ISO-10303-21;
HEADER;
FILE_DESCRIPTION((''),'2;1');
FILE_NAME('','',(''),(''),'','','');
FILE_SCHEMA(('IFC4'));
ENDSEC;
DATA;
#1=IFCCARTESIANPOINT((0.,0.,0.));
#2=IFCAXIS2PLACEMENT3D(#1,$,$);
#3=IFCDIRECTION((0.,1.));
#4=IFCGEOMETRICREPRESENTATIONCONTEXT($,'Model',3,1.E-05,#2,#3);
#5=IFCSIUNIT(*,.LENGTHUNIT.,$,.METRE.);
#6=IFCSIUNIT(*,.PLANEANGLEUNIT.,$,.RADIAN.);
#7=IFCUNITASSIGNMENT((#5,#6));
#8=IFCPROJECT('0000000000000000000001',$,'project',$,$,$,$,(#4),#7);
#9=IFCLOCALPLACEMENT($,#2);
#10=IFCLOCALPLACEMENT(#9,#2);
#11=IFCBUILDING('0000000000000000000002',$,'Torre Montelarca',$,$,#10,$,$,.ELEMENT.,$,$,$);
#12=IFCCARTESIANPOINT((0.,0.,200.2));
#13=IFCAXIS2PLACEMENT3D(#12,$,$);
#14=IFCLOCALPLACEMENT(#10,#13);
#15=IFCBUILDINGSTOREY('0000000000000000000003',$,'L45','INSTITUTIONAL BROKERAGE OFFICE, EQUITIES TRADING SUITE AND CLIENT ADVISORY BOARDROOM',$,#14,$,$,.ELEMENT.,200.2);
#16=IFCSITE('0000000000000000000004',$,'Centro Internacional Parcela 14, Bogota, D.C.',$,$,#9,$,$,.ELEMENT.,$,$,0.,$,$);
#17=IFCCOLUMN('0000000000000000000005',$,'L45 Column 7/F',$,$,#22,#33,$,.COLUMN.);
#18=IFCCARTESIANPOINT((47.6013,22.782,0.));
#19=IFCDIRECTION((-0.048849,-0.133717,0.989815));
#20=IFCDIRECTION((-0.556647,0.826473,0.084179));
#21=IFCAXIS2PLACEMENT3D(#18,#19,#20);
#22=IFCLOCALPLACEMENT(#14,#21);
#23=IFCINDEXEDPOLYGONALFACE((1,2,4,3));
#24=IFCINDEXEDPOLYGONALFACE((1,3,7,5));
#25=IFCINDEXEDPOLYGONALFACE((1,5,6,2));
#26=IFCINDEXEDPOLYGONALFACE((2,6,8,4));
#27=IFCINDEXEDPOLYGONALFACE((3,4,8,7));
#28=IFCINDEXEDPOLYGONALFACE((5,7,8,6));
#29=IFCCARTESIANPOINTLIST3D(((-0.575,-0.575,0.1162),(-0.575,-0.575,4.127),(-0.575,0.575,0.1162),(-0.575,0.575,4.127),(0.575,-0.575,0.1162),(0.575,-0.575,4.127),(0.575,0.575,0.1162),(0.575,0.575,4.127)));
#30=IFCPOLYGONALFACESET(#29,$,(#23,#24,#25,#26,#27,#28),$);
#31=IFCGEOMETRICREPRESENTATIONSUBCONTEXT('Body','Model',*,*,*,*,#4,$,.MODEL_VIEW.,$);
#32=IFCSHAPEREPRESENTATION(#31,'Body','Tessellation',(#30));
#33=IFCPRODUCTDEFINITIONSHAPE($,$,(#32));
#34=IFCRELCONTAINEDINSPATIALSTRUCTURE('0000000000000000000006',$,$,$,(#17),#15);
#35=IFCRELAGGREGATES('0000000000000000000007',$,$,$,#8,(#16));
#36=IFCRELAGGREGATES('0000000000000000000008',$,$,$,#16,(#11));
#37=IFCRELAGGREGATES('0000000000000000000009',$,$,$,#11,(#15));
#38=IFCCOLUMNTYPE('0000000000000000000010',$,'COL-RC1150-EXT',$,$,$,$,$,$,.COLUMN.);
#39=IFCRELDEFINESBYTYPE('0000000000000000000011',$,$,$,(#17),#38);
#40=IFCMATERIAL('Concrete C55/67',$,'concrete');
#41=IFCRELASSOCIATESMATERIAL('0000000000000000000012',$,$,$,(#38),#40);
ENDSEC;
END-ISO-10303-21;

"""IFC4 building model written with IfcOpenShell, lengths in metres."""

from ifc_helpers import new_model, si_unit, direction, frame, origin, origin_2d, place, context, subcontext, project, spatial, rectangle, extrude, clip, halfspace, material, material_profile, profile_set, type_object, element, save


model = new_model("IFC4")

# Units and contexts
model_context = context("Model", 3, precision=1e-05, world=origin(), true_north=direction((0.0, 1.0)))
body_context = subcontext(model_context, "Body", "Model", "MODEL_VIEW")
ifc_project = project(units=[si_unit("LENGTHUNIT", "METRE"), si_unit("PLANEANGLEUNIT", "RADIAN")], contexts=[model_context])

# Site, building, storey
site_placement = place(None, origin())
site = spatial("IfcSite", under=ifc_project, at=site_placement, Name="Centro Internacional Parcela 14, Bogota, D.C.", CompositionType="ELEMENT", RefElevation=0.0)
building_placement = place(site_placement, origin())
building = spatial("IfcBuilding", under=site, at=building_placement, Name="Torre Montelarca", CompositionType="ELEMENT")
storey_placement = place(building_placement, frame((0.0, 0.0, 200.2)))
storey = spatial("IfcBuildingStorey", under=building, at=storey_placement, Name="L45", Description="INSTITUTIONAL BROKERAGE OFFICE, EQUITIES TRADING SUITE AND CLIENT ADVISORY BOARDROOM", CompositionType="ELEMENT", Elevation=200.2)

# Column
ifc_material_1 = material(Name="Concrete C55/67", Category="concrete")
ifc_material_profile_1 = material_profile(ifc_material_1, rectangle(XDim=1.1499, YDim=1.1499, at=origin_2d()), Name="RC1150X1150", Category="concrete")
ifc_profile_set_1 = profile_set([ifc_material_profile_1], Name="Concrete C55/67")
column_type_1 = type_object("IfcColumnType", Name="COL-RC1150-EXT", PredefinedType="COLUMN", material=ifc_profile_set_1)
column_1_placement = place(storey_placement, frame((47.6013, 22.782, 0.0), z_axis=(-0.048849, -0.133717, 0.989815), x_axis=(-0.556647, 0.826473, 0.084179)))
element("IfcColumn", 1, at=column_1_placement, inside=storey, type_object=column_type_1, Name="L45 Column 7/F", PredefinedType="COLUMN", context=body_context, shape_type="Clipping", body=[
    clip(clip(extrude(rectangle(XDim=1.1499, YDim=1.1499, at=origin_2d()), origin(), (0.0, 0.0, 1.0), 4.2432), halfspace(frame((0.0, 0.0, 0.1162), z_axis=(0.0, 0.0, -1.0), x_axis=(1.0, 0.0, 0.0)), False)), halfspace(frame((0.0, 0.0, 4.127), z_axis=(0.0, 0.0, 1.0), x_axis=(1.0, 0.0, 0.0)), False)),
])

save(model, "model.ifc")
